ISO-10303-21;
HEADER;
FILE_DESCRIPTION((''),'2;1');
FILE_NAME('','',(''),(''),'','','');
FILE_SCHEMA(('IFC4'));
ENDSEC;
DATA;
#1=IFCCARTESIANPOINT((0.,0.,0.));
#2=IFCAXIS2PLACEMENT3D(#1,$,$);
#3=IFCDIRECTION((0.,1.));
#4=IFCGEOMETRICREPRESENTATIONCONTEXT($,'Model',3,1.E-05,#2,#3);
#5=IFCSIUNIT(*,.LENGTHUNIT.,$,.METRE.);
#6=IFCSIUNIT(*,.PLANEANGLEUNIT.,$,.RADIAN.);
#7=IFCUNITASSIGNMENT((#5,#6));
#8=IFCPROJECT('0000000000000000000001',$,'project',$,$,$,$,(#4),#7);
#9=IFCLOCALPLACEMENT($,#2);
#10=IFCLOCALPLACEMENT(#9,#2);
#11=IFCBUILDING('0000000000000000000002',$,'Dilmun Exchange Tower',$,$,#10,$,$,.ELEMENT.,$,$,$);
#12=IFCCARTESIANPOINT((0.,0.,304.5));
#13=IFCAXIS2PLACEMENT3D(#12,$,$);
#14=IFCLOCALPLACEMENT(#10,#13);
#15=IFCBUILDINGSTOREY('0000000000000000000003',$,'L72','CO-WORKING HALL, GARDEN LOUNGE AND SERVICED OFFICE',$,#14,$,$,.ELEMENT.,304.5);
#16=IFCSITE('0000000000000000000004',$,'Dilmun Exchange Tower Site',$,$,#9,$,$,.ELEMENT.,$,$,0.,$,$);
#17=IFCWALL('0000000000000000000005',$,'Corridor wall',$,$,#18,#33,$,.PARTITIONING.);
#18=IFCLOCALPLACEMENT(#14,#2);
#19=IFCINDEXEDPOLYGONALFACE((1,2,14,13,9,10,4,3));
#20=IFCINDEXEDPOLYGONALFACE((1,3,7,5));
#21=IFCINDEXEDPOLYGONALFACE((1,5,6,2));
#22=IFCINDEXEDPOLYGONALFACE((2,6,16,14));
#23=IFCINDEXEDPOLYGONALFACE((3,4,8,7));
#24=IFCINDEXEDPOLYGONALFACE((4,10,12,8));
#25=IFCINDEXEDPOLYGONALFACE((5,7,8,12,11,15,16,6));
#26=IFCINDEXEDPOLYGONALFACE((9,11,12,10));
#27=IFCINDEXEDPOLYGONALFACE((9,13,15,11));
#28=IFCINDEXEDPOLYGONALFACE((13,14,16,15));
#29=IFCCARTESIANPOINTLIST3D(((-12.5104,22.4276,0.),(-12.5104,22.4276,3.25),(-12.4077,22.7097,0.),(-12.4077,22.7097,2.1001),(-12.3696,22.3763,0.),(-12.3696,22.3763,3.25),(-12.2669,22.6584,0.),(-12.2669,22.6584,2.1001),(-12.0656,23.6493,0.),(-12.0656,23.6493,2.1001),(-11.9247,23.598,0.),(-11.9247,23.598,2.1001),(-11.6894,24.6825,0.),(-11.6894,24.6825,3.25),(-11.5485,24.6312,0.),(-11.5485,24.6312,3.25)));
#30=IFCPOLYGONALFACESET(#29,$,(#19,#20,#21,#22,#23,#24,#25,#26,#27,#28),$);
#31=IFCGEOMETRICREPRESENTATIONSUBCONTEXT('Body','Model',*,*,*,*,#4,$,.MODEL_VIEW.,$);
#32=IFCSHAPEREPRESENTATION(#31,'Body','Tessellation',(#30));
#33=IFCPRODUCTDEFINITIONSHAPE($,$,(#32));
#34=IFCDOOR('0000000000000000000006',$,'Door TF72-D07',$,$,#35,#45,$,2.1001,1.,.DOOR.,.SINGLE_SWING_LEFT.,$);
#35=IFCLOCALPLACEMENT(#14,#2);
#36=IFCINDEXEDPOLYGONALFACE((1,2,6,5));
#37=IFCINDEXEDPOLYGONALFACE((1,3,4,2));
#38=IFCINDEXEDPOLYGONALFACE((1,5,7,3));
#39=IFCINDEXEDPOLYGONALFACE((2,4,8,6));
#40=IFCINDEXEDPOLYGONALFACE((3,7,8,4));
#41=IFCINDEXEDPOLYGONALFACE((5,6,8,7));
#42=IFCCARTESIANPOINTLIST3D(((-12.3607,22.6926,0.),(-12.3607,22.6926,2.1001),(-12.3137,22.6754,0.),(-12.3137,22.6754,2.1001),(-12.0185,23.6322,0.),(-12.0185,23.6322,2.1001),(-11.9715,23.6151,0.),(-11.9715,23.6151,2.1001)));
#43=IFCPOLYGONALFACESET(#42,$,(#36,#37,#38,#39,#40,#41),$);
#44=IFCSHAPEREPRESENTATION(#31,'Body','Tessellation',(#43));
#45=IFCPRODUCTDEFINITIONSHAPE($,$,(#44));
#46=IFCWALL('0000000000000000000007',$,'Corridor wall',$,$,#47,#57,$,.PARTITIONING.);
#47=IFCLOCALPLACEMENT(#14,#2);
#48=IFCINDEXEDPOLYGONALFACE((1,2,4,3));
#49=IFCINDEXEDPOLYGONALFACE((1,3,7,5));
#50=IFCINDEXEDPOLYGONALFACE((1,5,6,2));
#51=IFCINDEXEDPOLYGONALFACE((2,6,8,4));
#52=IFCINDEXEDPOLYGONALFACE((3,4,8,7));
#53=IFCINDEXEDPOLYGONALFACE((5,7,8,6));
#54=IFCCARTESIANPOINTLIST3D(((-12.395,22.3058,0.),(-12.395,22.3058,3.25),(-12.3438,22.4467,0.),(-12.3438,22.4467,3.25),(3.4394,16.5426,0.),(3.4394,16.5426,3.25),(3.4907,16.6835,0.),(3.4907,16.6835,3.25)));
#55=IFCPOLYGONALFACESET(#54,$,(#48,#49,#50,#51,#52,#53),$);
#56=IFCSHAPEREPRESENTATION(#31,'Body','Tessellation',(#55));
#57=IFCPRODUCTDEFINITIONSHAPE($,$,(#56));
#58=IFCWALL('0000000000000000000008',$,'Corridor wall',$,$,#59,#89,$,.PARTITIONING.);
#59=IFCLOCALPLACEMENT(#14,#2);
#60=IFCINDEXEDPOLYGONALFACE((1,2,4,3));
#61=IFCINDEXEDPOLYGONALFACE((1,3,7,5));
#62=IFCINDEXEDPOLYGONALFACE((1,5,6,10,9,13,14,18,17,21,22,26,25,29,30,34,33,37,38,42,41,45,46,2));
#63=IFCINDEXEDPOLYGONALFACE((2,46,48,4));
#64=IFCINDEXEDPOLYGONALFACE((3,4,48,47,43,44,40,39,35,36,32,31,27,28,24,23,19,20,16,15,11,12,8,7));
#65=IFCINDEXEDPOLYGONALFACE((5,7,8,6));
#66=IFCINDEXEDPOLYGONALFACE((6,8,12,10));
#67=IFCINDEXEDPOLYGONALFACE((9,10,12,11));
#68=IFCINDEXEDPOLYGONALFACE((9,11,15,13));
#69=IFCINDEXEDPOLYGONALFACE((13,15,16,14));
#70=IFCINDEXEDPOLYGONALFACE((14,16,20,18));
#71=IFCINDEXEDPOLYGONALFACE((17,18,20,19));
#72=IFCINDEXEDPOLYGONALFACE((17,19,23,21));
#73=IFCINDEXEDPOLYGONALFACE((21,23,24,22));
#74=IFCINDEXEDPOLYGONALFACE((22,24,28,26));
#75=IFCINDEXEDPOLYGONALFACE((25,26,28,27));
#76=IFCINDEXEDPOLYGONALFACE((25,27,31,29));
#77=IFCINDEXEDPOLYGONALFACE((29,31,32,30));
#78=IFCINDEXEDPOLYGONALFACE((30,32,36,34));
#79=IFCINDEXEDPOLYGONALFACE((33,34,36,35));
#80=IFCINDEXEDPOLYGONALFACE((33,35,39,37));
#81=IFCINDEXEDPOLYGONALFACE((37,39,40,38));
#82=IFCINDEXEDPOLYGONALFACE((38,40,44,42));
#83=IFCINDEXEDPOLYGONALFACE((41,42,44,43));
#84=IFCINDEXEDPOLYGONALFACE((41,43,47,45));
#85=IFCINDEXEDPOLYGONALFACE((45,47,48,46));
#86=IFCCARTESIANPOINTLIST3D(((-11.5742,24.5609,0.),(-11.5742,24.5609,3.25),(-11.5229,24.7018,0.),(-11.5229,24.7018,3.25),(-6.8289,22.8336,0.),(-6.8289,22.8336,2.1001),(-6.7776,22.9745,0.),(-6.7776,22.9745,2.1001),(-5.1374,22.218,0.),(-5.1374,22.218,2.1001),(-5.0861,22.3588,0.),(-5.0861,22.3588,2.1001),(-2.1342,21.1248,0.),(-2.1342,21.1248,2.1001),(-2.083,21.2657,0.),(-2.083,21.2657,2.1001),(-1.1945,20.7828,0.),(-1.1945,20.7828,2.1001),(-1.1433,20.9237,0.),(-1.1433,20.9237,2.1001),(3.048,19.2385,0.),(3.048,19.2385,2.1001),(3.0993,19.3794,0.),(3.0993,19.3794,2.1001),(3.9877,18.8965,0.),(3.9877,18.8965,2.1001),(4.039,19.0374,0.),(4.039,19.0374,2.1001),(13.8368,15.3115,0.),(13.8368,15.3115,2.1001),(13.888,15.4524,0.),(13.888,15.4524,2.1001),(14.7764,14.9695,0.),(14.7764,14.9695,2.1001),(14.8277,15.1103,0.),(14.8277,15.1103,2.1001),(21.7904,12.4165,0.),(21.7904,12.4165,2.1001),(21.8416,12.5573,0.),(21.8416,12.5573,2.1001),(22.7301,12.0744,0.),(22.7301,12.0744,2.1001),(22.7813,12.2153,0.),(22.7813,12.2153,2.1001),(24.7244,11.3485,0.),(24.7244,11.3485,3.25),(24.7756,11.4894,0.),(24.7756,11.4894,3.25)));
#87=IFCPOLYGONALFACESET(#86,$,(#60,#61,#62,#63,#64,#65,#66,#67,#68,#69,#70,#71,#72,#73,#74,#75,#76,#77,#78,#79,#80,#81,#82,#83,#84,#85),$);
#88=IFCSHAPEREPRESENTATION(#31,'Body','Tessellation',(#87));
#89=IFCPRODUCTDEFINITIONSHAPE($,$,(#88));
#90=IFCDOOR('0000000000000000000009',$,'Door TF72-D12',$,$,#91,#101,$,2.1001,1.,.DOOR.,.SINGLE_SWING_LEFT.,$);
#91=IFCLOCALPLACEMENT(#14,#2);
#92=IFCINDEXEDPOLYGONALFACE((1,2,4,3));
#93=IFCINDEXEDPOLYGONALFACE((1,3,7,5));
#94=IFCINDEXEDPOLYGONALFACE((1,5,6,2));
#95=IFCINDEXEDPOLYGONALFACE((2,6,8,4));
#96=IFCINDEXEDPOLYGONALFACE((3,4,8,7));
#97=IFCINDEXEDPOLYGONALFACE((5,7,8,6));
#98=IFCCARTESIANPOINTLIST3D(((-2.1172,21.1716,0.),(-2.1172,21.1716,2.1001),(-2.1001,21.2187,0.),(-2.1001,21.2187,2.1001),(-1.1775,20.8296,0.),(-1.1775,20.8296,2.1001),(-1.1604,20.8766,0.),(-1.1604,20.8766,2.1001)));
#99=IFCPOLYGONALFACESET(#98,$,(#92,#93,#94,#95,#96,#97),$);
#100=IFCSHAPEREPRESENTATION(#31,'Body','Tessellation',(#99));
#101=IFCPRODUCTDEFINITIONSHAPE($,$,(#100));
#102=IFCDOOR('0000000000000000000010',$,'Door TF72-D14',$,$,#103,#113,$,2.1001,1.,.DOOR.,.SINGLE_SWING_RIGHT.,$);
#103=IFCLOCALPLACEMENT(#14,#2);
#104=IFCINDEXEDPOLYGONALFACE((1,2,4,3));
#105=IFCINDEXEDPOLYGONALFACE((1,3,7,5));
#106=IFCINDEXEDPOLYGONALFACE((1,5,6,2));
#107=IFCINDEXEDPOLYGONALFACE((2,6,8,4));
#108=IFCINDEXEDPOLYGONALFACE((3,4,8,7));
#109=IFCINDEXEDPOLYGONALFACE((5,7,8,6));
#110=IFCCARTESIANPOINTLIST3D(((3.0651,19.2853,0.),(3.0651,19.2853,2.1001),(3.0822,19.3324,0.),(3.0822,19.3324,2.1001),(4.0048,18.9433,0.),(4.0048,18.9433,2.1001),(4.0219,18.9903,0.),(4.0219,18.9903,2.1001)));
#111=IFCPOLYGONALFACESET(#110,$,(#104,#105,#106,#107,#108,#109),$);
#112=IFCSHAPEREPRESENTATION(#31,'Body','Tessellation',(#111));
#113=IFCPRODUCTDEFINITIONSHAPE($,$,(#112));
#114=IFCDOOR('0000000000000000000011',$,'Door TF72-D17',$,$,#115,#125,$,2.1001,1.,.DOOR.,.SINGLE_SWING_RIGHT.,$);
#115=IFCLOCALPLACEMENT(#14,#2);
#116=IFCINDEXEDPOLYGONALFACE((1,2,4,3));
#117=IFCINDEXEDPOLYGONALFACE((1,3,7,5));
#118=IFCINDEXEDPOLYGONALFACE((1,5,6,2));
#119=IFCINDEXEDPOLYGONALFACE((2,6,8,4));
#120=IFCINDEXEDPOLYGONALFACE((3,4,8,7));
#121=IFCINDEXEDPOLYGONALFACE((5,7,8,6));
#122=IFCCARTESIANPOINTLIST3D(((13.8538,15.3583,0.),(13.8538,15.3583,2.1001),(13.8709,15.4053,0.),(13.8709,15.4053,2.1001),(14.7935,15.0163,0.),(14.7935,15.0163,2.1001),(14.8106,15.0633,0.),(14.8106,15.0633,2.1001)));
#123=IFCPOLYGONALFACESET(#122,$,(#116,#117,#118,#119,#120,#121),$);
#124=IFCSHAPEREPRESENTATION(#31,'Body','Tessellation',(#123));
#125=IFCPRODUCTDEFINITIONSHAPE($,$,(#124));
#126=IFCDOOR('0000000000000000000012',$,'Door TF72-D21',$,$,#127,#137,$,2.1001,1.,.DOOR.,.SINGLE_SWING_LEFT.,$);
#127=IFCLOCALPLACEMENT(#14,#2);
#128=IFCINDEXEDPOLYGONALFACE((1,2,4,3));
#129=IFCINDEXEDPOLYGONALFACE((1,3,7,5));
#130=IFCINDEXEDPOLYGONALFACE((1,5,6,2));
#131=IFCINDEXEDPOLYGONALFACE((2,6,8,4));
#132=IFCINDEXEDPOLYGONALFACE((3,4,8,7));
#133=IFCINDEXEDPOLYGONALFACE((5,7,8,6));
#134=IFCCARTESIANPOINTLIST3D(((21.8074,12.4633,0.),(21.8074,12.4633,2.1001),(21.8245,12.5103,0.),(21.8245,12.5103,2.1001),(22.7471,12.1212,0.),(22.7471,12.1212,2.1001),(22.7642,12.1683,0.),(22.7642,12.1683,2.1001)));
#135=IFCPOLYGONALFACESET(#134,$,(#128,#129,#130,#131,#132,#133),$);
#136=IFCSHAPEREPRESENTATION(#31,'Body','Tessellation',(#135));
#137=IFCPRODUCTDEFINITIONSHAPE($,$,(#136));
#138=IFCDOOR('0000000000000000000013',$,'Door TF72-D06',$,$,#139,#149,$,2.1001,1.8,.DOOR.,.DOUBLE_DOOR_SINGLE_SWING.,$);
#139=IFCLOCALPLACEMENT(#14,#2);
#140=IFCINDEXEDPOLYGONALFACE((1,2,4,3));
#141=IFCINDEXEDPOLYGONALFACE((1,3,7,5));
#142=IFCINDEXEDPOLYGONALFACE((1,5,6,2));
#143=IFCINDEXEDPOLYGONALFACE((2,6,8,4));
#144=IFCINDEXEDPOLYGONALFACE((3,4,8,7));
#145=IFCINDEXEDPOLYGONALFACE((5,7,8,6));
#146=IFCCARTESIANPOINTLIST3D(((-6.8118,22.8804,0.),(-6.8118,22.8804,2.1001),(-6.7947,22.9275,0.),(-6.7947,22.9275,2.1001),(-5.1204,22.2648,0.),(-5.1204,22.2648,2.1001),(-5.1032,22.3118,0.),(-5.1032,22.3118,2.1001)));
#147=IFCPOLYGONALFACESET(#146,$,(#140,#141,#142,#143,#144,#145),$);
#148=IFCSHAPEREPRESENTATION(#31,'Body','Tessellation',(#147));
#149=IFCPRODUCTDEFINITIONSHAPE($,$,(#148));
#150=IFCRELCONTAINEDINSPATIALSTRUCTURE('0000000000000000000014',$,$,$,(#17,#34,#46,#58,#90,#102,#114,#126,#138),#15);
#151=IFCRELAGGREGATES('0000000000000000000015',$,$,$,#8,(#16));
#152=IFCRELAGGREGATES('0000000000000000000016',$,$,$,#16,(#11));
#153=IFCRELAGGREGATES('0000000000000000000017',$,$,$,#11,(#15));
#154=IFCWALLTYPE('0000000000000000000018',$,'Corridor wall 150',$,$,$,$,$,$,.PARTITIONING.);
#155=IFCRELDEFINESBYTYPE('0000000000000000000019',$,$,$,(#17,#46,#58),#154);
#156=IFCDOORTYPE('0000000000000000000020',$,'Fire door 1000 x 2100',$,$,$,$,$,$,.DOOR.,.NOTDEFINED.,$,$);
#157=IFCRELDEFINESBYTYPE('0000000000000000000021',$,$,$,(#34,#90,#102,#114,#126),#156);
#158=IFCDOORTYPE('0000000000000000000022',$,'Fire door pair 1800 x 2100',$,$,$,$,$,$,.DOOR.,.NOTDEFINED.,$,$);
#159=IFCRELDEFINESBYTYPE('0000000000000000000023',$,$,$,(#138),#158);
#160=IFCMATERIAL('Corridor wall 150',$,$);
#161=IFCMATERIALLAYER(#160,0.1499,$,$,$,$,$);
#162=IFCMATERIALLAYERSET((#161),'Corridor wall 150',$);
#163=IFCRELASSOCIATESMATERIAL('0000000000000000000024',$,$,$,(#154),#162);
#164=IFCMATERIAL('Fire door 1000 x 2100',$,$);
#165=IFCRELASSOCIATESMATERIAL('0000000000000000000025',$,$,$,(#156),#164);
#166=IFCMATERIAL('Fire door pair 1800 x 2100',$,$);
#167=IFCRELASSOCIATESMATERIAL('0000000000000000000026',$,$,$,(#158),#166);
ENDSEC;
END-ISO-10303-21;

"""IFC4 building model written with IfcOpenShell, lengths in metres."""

from ifc_helpers import new_model, si_unit, direction, frame, frame_2d, origin, place, context, subcontext, project, spatial, rectangle, extrude, material, layer, layer_set, type_object, element, fill, save


model = new_model("IFC4")

# Units and contexts
model_context = context("Model", 3, precision=1e-05, world=origin(), true_north=direction((0.0, 1.0)))
body_context = subcontext(model_context, "Body", "Model", "MODEL_VIEW")
ifc_project = project(units=[si_unit("LENGTHUNIT", "METRE"), si_unit("PLANEANGLEUNIT", "RADIAN")], contexts=[model_context])

# Site, building, storey
site_placement = place(None, origin())
site = spatial("IfcSite", under=ifc_project, at=site_placement, Name="Dilmun Exchange Tower Site", CompositionType="ELEMENT", RefElevation=0.0)
building_placement = place(site_placement, origin())
building = spatial("IfcBuilding", under=site, at=building_placement, Name="Dilmun Exchange Tower", CompositionType="ELEMENT")
storey_placement = place(building_placement, frame((0.0, 0.0, 304.5)))
storey = spatial("IfcBuildingStorey", under=building, at=storey_placement, Name="L72", Description="CO-WORKING HALL, GARDEN LOUNGE AND SERVICED OFFICE", CompositionType="ELEMENT", Elevation=304.5)

# Shared definitions
ifc_material_1 = material(Name="Corridor wall 150")
ifc_layer_1 = layer(ifc_material_1, 0.1499)
ifc_layer_set_1 = layer_set([ifc_layer_1], Name="Corridor wall 150")
wall_type_1 = type_object("IfcWallType", Name="Corridor wall 150", PredefinedType="PARTITIONING", material=ifc_layer_set_1)

# Wall, opening, door
ifc_material_2 = material(Name="Fire door 1000 x 2100")
door_type_1 = type_object("IfcDoorType", Name="Fire door 1000 x 2100", OperationType="NOTDEFINED", PredefinedType="DOOR", material=ifc_material_2)
wall_1_placement = place(storey_placement, frame((-12.4399, 22.4021, 0.0), z_axis=(0.0, 0.0, 1.0), x_axis=(0.342143, 0.939648, 0.0)))
wall_1 = element("IfcWall", 1, at=wall_1_placement, inside=storey, type_object=wall_type_1, Name="Corridor wall", PredefinedType="PARTITIONING", context=body_context, shape_type="SweptSolid", body=[
    extrude(rectangle(XDim=2.3997, YDim=0.1499, at=frame_2d((1.1997, 0.0))), origin(), (0.0, 0.0, 1.0), 3.25),
])
opening_1_placement = place(wall_1_placement, frame((0.3, 0.0, 0.0)))
opening_1 = element("IfcOpeningElement", 2, at=opening_1_placement, cuts=wall_1, PredefinedType="OPENING", context=body_context, shape_type="SweptSolid", body=[
    extrude(rectangle(XDim=1.0, YDim=2.1001, at=frame_2d((0.5, 1.05))), frame((0.0, 0.085, 0.0), z_axis=(0.0, -1.0, 0.0), x_axis=(1.0, 0.0, 0.0)), (0.0, 0.0, 1.0), 0.1699),
])
door_1_placement = place(opening_1_placement, origin())
door_1 = element("IfcDoor", 3, at=door_1_placement, inside=storey, type_object=door_type_1, Name="Door TF72-D07", OperationType="SINGLE_SWING_LEFT", OverallHeight=2.1001, OverallWidth=1.0, PredefinedType="DOOR", context=body_context, shape_type="SweptSolid", body=[
    extrude(rectangle(XDim=1.0, YDim=2.1001, at=frame_2d((0.5, 1.05))), frame((0.0, 0.0249, 0.0), z_axis=(0.0, -1.0, 0.0), x_axis=(1.0, 0.0, 0.0)), (0.0, 0.0, 1.0), 0.05),
])
fill(opening_1, door_1)

# Wall
wall_2_placement = place(storey_placement, frame((-12.3694, 22.3762, 0.0), z_axis=(0.0, 0.0, 1.0), x_axis=(0.939694, -0.342015, 0.0)))
element("IfcWall", 4, at=wall_2_placement, inside=storey, type_object=wall_type_1, Name="Corridor wall", PredefinedType="PARTITIONING", context=body_context, shape_type="SweptSolid", body=[
    extrude(rectangle(XDim=16.8506, YDim=0.1499, at=frame_2d((8.4253, 0.0))), origin(), (0.0, 0.0, 1.0), 3.25),
])

# Wall, openings, doors
wall_3_placement = place(storey_placement, frame((-11.5486, 24.6313, 0.0), z_axis=(0.0, 0.0, 1.0), x_axis=(0.939686, -0.342038, 0.0)))
wall_3 = element("IfcWall", 5, at=wall_3_placement, inside=storey, type_object=wall_type_1, Name="Corridor wall", PredefinedType="PARTITIONING", context=body_context, shape_type="SweptSolid", body=[
    extrude(rectangle(XDim=38.6284, YDim=0.1499, at=frame_2d((19.3142, 0.0))), origin(), (0.0, 0.0, 1.0), 3.25),
])
opening_2_placement = place(wall_3_placement, frame((5.05, 0.0, 0.0)))
opening_2 = element("IfcOpeningElement", 6, at=opening_2_placement, cuts=wall_3, PredefinedType="OPENING", context=body_context, shape_type="SweptSolid", body=[
    extrude(rectangle(XDim=1.8, YDim=2.1001, at=frame_2d((0.8999, 1.05))), frame((0.0, 0.085, 0.0), z_axis=(0.0, -1.0, 0.0), x_axis=(1.0, 0.0, 0.0)), (0.0, 0.0, 1.0), 0.1699),
])
opening_3_placement = place(wall_3_placement, frame((10.0459, 0.0, 0.0)))
opening_3 = element("IfcOpeningElement", 7, at=opening_3_placement, cuts=wall_3, PredefinedType="OPENING", context=body_context, shape_type="SweptSolid", body=[
    extrude(rectangle(XDim=1.0, YDim=2.1001, at=frame_2d((0.5, 1.05))), frame((0.0, 0.085, 0.0), z_axis=(0.0, -1.0, 0.0), x_axis=(1.0, 0.0, 0.0)), (0.0, 0.0, 1.0), 0.1699),
])
opening_4_placement = place(wall_3_placement, frame((15.5608, 0.0, 0.0)))
opening_4 = element("IfcOpeningElement", 8, at=opening_4_placement, cuts=wall_3, PredefinedType="OPENING", context=body_context, shape_type="SweptSolid", body=[
    extrude(rectangle(XDim=1.0, YDim=2.1001, at=frame_2d((0.5, 1.05))), frame((0.0, 0.085, 0.0), z_axis=(0.0, -1.0, 0.0), x_axis=(1.0, 0.0, 0.0)), (0.0, 0.0, 1.0), 0.1699),
])
opening_5_placement = place(wall_3_placement, frame((27.042, 0.0, 0.0)))
opening_5 = element("IfcOpeningElement", 9, at=opening_5_placement, cuts=wall_3, PredefinedType="OPENING", context=body_context, shape_type="SweptSolid", body=[
    extrude(rectangle(XDim=1.0, YDim=2.1001, at=frame_2d((0.5, 1.05))), frame((0.0, 0.085, 0.0), z_axis=(0.0, -1.0, 0.0), x_axis=(1.0, 0.0, 0.0)), (0.0, 0.0, 1.0), 0.1699),
])
opening_6_placement = place(wall_3_placement, frame((35.5061, 0.0, 0.0)))
opening_6 = element("IfcOpeningElement", 10, at=opening_6_placement, cuts=wall_3, PredefinedType="OPENING", context=body_context, shape_type="SweptSolid", body=[
    extrude(rectangle(XDim=1.0, YDim=2.1001, at=frame_2d((0.5, 1.05))), frame((0.0, 0.085, 0.0), z_axis=(0.0, -1.0, 0.0), x_axis=(1.0, 0.0, 0.0)), (0.0, 0.0, 1.0), 0.1699),
])
door_2_placement = place(opening_3_placement, origin())
door_2 = element("IfcDoor", 11, at=door_2_placement, inside=storey, type_object=door_type_1, Name="Door TF72-D12", OperationType="SINGLE_SWING_LEFT", OverallHeight=2.1001, OverallWidth=1.0, PredefinedType="DOOR", context=body_context, shape_type="SweptSolid", body=[
    extrude(rectangle(XDim=1.0, YDim=2.1001, at=frame_2d((0.5, 1.05))), frame((0.0, 0.0249, 0.0), z_axis=(0.0, -1.0, 0.0), x_axis=(1.0, 0.0, 0.0)), (0.0, 0.0, 1.0), 0.05),
])
fill(opening_3, door_2)
door_3_placement = place(opening_4_placement, origin())
door_3 = element("IfcDoor", 12, at=door_3_placement, inside=storey, type_object=door_type_1, Name="Door TF72-D14", OperationType="SINGLE_SWING_RIGHT", OverallHeight=2.1001, OverallWidth=1.0, PredefinedType="DOOR", context=body_context, shape_type="SweptSolid", body=[
    extrude(rectangle(XDim=1.0, YDim=2.1001, at=frame_2d((0.5, 1.05))), frame((0.0, 0.0249, 0.0), z_axis=(0.0, -1.0, 0.0), x_axis=(1.0, 0.0, 0.0)), (0.0, 0.0, 1.0), 0.05),
])
fill(opening_4, door_3)
door_4_placement = place(opening_5_placement, origin())
door_4 = element("IfcDoor", 13, at=door_4_placement, inside=storey, type_object=door_type_1, Name="Door TF72-D17", OperationType="SINGLE_SWING_RIGHT", OverallHeight=2.1001, OverallWidth=1.0, PredefinedType="DOOR", context=body_context, shape_type="SweptSolid", body=[
    extrude(rectangle(XDim=1.0, YDim=2.1001, at=frame_2d((0.5, 1.05))), frame((0.0, 0.0249, 0.0), z_axis=(0.0, -1.0, 0.0), x_axis=(1.0, 0.0, 0.0)), (0.0, 0.0, 1.0), 0.05),
])
fill(opening_5, door_4)
door_5_placement = place(opening_6_placement, origin())
door_5 = element("IfcDoor", 14, at=door_5_placement, inside=storey, type_object=door_type_1, Name="Door TF72-D21", OperationType="SINGLE_SWING_LEFT", OverallHeight=2.1001, OverallWidth=1.0, PredefinedType="DOOR", context=body_context, shape_type="SweptSolid", body=[
    extrude(rectangle(XDim=1.0, YDim=2.1001, at=frame_2d((0.5, 1.05))), frame((0.0, 0.0249, 0.0), z_axis=(0.0, -1.0, 0.0), x_axis=(1.0, 0.0, 0.0)), (0.0, 0.0, 1.0), 0.05),
])
fill(opening_6, door_5)
ifc_material_3 = material(Name="Fire door pair 1800 x 2100")
door_type_2 = type_object("IfcDoorType", Name="Fire door pair 1800 x 2100", OperationType="NOTDEFINED", PredefinedType="DOOR", material=ifc_material_3)
door_6_placement = place(opening_2_placement, origin())
door_6 = element("IfcDoor", 15, at=door_6_placement, inside=storey, type_object=door_type_2, Name="Door TF72-D06", OperationType="DOUBLE_DOOR_SINGLE_SWING", OverallHeight=2.1001, OverallWidth=1.8, PredefinedType="DOOR", context=body_context, shape_type="SweptSolid", body=[
    extrude(rectangle(XDim=1.8, YDim=2.1001, at=frame_2d((0.8999, 1.05))), frame((0.0, 0.0249, 0.0), z_axis=(0.0, -1.0, 0.0), x_axis=(1.0, 0.0, 0.0)), (0.0, 0.0, 1.0), 0.05),
])
fill(opening_2, door_6)

save(model, "model.ifc")
